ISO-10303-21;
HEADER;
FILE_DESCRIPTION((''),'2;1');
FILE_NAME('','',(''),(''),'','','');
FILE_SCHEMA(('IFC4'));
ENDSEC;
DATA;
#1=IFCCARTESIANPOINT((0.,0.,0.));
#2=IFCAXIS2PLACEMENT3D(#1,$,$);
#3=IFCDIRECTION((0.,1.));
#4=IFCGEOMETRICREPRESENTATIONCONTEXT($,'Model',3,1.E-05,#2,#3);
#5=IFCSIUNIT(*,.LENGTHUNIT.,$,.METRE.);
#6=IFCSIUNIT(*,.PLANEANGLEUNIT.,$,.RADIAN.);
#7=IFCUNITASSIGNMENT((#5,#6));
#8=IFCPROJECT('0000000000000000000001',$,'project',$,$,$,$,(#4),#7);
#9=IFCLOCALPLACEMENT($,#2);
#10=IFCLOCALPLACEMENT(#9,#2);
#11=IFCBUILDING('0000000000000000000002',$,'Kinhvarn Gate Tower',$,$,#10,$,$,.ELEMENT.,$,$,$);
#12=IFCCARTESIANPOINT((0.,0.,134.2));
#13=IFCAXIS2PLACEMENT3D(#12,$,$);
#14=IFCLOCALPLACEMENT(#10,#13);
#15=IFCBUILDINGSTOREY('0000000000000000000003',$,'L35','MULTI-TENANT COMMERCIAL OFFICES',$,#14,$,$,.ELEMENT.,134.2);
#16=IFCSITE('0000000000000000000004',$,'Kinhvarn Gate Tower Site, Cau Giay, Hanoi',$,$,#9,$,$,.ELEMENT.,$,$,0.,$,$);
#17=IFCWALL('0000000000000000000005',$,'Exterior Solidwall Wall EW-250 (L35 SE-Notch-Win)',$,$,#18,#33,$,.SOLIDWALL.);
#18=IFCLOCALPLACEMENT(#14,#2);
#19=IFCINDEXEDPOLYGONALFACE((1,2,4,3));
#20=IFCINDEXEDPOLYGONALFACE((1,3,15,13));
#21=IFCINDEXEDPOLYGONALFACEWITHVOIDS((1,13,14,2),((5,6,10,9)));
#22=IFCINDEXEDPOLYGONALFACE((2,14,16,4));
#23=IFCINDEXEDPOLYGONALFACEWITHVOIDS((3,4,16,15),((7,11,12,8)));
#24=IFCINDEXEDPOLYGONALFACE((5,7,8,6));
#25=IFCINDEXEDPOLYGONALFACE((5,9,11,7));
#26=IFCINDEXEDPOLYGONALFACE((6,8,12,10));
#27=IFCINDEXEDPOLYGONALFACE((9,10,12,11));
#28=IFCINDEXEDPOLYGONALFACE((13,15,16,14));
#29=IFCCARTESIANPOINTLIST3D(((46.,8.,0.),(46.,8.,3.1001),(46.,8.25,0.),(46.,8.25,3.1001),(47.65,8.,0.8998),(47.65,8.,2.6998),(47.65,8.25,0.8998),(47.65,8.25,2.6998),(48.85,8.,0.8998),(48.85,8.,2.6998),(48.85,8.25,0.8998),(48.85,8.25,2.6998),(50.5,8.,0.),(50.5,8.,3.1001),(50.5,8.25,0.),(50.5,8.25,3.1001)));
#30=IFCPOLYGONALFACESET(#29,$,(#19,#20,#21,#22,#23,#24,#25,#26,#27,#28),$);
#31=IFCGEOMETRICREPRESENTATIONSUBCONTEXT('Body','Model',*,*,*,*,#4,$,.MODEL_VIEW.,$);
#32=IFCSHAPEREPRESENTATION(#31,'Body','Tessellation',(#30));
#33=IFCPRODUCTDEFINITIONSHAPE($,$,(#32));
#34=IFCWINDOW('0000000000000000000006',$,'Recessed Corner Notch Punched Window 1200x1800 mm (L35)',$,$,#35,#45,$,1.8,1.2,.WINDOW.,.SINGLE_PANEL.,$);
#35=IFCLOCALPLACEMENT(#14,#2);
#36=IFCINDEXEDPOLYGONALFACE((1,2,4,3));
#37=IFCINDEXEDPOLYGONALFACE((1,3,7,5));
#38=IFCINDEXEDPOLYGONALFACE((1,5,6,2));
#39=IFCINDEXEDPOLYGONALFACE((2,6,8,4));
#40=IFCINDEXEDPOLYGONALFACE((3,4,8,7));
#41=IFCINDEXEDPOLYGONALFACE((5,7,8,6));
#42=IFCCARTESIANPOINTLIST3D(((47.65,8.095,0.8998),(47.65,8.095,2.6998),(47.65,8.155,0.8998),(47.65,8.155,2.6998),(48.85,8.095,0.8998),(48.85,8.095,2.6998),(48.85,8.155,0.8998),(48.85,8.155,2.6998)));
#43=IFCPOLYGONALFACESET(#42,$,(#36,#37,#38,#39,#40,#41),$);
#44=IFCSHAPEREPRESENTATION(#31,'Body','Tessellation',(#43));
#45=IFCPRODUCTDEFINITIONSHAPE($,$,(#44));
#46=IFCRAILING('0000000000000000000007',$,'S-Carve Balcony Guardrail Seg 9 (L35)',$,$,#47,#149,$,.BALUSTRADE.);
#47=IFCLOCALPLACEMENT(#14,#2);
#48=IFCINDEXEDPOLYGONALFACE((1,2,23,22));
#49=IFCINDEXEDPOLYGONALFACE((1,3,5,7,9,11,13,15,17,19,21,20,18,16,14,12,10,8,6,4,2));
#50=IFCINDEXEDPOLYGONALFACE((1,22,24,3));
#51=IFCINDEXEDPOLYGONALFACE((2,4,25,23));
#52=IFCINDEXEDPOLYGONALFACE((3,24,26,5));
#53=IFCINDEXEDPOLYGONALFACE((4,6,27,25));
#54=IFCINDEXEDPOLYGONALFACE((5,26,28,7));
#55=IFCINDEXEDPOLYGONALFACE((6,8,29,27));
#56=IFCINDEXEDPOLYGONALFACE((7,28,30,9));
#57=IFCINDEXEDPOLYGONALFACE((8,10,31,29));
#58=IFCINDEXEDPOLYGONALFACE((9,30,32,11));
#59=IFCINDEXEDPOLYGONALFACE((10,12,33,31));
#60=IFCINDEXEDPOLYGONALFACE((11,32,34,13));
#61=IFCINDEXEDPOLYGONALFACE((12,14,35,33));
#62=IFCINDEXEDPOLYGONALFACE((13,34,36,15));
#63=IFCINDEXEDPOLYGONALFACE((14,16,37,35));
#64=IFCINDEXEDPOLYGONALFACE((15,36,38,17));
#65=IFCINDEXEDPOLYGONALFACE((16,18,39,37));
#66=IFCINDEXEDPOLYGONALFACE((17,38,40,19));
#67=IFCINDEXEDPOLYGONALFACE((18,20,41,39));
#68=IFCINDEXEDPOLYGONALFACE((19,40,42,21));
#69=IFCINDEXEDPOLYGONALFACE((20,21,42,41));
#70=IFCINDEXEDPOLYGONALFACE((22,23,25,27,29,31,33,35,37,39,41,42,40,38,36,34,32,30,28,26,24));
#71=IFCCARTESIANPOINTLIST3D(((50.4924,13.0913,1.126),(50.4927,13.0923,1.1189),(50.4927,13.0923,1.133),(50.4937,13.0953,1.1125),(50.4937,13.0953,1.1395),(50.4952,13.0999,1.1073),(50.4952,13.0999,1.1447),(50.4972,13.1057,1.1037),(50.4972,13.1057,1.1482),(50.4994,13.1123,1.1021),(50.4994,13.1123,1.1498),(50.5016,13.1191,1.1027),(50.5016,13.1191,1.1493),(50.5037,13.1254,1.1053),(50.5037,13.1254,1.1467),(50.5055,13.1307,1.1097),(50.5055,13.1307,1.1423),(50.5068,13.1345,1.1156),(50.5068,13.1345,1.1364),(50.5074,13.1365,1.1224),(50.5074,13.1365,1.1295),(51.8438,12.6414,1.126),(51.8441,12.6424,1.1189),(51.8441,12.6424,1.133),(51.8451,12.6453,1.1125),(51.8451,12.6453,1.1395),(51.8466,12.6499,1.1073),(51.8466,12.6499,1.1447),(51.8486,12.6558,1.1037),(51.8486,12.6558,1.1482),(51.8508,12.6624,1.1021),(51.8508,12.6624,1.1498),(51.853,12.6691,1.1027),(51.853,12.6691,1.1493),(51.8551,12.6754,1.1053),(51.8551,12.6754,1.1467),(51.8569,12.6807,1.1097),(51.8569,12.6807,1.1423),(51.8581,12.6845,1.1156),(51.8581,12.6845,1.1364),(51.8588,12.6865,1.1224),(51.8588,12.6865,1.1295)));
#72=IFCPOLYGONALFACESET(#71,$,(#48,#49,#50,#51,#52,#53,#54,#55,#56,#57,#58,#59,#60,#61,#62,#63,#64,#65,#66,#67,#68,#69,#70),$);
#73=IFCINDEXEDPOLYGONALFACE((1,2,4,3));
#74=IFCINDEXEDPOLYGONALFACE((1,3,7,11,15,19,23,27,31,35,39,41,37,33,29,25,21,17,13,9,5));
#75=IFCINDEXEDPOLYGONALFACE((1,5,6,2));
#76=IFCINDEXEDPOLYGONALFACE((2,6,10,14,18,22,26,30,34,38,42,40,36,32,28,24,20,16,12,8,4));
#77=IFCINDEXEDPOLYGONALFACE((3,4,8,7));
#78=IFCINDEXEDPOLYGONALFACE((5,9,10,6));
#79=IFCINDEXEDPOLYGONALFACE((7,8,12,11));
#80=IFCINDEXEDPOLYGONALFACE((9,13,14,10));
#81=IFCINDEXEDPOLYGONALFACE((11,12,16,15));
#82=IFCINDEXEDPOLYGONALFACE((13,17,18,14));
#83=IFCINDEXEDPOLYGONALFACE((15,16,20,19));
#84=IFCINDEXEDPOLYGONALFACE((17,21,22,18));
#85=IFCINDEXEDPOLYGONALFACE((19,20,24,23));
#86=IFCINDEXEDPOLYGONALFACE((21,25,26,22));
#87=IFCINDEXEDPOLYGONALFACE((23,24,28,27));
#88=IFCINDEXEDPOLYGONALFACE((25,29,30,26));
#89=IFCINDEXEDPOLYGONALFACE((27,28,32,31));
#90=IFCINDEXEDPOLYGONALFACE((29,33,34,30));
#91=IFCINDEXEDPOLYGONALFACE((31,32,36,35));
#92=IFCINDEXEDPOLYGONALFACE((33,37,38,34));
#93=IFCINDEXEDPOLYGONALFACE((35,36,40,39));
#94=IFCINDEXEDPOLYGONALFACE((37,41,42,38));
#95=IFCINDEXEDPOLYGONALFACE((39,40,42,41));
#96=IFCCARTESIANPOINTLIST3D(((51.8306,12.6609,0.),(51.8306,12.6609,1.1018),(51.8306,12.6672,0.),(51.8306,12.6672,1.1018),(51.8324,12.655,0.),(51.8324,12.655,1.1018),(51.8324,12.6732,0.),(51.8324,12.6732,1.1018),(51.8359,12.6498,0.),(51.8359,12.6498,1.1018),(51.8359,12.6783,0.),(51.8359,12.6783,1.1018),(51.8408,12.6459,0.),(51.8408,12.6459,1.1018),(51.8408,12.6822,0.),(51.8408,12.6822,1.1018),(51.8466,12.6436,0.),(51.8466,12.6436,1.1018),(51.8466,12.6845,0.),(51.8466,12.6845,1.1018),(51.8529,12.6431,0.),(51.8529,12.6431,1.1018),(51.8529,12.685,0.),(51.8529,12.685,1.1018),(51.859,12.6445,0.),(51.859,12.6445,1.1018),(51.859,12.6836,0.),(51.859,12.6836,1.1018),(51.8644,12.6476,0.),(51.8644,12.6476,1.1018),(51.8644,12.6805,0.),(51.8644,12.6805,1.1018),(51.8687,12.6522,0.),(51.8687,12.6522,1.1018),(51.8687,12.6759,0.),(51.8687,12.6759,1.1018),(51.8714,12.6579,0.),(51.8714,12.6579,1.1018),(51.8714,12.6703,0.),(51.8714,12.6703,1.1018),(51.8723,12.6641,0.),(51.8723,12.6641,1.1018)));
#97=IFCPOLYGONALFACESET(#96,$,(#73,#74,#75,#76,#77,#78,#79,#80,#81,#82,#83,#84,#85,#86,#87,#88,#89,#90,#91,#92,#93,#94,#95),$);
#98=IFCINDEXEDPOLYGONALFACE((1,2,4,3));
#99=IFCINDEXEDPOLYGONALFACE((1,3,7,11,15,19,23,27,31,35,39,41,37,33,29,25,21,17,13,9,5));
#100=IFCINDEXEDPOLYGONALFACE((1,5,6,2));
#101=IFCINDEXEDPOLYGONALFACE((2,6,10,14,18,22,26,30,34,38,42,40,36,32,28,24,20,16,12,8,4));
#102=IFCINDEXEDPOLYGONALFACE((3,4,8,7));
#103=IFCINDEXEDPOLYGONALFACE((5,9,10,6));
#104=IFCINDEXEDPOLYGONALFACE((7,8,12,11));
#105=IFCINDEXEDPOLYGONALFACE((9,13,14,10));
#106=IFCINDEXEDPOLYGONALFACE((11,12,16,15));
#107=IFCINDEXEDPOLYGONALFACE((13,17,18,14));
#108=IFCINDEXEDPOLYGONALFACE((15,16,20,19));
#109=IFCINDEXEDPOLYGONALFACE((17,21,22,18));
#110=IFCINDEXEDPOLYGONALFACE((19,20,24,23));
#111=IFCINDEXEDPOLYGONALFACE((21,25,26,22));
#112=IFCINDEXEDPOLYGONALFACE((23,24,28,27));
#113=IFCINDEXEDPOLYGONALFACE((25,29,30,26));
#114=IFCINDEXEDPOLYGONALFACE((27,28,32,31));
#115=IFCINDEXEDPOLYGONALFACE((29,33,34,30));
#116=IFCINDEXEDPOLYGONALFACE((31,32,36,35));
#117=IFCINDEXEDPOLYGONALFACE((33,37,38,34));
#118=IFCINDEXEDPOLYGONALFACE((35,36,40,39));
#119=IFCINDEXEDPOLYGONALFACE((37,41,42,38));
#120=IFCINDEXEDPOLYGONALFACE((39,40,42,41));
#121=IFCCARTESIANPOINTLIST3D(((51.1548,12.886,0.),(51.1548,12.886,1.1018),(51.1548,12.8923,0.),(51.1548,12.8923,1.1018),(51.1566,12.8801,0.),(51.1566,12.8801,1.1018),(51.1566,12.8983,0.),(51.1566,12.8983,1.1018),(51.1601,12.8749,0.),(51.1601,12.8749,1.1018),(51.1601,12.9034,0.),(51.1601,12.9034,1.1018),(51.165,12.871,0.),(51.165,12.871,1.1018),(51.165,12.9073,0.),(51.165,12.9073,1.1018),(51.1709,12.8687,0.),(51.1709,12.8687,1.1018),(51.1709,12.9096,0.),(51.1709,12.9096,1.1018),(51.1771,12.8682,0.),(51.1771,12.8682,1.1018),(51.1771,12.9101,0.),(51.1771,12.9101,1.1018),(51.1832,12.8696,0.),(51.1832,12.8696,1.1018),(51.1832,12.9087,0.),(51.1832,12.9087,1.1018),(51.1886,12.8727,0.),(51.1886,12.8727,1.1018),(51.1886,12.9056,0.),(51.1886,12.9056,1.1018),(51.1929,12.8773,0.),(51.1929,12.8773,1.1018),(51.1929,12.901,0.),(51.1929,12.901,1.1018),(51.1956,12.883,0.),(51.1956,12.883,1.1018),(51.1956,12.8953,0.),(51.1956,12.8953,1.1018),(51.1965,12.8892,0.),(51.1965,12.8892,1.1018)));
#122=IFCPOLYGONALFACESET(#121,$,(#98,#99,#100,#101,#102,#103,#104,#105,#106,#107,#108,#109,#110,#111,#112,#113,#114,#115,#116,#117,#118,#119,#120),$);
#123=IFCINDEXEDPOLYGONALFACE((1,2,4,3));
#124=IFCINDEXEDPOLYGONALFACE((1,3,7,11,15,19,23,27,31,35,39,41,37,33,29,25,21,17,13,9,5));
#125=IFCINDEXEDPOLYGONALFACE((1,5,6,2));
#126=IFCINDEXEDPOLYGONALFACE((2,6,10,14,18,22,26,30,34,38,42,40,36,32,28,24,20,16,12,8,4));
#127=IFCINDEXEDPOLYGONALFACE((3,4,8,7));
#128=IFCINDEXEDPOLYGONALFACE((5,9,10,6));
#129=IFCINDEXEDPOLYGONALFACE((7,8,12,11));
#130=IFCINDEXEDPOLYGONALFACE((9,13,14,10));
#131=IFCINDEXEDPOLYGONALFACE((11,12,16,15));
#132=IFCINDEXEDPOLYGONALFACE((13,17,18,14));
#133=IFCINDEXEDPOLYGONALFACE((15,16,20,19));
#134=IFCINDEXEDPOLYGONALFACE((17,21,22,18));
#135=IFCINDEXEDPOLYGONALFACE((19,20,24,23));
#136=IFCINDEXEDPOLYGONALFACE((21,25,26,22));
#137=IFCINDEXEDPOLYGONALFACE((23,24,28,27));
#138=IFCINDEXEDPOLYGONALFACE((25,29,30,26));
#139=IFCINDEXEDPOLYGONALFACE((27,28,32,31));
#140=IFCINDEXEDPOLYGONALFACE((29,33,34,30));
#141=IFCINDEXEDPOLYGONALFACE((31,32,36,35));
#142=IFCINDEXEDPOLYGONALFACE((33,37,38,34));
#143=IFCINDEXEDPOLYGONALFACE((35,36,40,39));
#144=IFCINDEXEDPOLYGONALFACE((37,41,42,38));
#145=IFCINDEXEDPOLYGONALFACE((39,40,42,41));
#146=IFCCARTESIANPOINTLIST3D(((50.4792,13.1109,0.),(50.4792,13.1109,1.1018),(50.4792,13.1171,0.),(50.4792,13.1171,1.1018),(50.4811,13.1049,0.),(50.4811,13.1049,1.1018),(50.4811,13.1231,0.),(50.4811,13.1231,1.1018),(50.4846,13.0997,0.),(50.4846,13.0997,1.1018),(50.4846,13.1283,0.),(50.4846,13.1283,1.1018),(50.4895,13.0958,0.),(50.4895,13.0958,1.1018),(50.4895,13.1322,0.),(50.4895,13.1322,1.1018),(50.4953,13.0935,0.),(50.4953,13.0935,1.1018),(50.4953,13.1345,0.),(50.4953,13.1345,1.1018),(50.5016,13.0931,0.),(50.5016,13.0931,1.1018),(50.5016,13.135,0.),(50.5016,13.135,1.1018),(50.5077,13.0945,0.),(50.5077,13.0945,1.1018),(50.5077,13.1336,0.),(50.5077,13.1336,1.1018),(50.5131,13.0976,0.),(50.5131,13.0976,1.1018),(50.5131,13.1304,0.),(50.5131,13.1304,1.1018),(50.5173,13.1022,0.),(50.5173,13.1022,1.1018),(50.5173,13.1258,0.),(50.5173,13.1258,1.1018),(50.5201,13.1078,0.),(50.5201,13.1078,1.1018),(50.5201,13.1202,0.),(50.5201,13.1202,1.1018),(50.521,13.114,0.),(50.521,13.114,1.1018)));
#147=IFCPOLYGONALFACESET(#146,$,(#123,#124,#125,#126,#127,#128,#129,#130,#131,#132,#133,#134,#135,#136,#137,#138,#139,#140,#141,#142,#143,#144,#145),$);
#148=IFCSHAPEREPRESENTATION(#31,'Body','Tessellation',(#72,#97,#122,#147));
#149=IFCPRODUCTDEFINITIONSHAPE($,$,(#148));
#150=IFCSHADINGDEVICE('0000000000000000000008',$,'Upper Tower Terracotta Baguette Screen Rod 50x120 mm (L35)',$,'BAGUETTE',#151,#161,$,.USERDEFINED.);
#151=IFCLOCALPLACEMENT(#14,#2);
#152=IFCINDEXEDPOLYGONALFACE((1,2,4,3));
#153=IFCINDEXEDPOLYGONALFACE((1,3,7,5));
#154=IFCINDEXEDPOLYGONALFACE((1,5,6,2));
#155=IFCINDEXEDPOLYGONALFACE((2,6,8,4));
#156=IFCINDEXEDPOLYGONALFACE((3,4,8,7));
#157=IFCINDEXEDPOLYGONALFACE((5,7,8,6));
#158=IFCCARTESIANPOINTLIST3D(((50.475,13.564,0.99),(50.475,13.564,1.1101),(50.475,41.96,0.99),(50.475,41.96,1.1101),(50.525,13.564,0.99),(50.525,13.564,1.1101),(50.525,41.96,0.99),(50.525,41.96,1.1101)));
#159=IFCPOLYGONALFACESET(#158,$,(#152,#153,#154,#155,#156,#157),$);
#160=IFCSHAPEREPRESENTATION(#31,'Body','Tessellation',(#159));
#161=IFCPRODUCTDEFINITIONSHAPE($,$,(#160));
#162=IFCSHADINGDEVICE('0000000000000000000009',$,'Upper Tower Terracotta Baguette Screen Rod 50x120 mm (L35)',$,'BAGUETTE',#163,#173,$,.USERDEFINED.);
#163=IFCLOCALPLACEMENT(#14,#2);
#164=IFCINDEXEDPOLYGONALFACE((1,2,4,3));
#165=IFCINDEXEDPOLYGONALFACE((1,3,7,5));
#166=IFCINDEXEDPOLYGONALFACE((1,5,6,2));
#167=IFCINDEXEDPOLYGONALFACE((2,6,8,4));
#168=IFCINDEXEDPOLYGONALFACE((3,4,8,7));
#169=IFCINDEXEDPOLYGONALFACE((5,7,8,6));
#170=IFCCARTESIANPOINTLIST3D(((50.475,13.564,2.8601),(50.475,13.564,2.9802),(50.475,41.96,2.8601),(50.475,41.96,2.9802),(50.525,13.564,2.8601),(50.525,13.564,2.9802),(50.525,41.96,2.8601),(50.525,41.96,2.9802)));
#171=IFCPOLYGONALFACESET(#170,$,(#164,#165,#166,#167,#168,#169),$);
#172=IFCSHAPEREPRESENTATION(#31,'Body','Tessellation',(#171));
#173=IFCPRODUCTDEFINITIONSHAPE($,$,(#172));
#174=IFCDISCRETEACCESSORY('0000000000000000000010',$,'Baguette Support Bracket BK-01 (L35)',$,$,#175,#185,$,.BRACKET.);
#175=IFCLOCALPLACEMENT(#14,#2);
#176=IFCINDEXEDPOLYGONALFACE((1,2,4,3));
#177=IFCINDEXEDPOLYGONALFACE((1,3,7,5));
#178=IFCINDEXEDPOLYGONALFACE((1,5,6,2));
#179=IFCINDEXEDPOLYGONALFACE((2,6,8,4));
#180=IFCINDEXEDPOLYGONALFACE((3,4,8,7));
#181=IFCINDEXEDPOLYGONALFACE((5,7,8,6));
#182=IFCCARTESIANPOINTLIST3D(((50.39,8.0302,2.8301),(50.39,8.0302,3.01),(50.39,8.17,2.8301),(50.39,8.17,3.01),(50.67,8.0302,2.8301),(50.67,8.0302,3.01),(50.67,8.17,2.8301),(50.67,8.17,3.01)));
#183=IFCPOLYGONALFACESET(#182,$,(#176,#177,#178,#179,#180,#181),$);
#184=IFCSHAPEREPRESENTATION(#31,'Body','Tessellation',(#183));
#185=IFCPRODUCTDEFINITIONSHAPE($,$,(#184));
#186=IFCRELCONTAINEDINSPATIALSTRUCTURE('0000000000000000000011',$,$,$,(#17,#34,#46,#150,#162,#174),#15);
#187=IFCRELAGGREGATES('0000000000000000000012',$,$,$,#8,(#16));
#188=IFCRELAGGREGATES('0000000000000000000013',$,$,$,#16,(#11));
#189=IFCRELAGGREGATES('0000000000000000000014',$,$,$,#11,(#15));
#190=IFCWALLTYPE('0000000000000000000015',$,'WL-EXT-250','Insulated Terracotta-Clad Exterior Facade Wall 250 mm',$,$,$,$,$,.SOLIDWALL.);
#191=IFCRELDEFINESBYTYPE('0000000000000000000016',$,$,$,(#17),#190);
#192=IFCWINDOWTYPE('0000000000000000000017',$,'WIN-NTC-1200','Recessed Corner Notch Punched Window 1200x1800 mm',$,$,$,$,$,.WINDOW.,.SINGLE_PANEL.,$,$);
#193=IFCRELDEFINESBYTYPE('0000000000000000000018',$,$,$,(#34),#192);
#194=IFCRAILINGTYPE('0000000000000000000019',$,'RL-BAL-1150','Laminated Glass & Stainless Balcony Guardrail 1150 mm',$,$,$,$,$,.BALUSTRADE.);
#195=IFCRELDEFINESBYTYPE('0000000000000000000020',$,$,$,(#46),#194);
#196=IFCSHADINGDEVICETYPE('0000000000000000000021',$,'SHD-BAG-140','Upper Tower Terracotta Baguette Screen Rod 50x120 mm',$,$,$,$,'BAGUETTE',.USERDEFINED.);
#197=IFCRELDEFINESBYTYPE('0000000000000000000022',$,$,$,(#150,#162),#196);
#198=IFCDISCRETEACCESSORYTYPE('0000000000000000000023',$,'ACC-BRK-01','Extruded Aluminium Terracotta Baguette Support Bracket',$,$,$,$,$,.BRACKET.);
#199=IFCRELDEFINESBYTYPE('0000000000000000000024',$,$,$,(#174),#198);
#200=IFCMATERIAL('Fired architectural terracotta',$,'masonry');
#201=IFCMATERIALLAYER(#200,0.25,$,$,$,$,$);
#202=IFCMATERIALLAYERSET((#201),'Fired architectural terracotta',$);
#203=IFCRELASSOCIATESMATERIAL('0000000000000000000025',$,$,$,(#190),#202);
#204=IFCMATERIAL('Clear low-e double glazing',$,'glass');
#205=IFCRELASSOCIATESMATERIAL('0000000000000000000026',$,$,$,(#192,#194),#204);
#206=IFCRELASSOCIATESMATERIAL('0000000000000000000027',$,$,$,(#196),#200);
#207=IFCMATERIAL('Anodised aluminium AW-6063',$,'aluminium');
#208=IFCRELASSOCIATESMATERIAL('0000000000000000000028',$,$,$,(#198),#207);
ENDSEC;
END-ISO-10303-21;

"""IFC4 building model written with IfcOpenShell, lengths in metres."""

from ifc_helpers import new_model, si_unit, direction, frame, frame_2d, origin, origin_2d, place, context, subcontext, project, spatial, rectangle, circle, extrude, material, layer, layer_set, material_profile, profile_set, type_object, element, fill, save


model = new_model("IFC4")

# Units and contexts
model_context = context("Model", 3, precision=1e-05, world=origin(), true_north=direction((0.0, 1.0)))
body_context = subcontext(model_context, "Body", "Model", "MODEL_VIEW")
ifc_project = project(units=[si_unit("LENGTHUNIT", "METRE"), si_unit("PLANEANGLEUNIT", "RADIAN")], contexts=[model_context])

# Site, building, storey
site_placement = place(None, origin())
site = spatial("IfcSite", under=ifc_project, at=site_placement, Name="Kinhvarn Gate Tower Site, Cau Giay, Hanoi", CompositionType="ELEMENT", RefElevation=0.0)
building_placement = place(site_placement, origin())
building = spatial("IfcBuilding", under=site, at=building_placement, Name="Kinhvarn Gate Tower", CompositionType="ELEMENT")
storey_placement = place(building_placement, frame((0.0, 0.0, 134.2)))
storey = spatial("IfcBuildingStorey", under=building, at=storey_placement, Name="L35", Description="MULTI-TENANT COMMERCIAL OFFICES", CompositionType="ELEMENT", Elevation=134.2)

# Shared definitions
ifc_material_1 = material(Name="Anodised aluminium AW-6063", Category="aluminium")

# Shared definitions
ifc_material_2 = material(Name="Clear low-e double glazing", Category="glass")

# Wall, opening, window
ifc_material_3 = material(Name="Fired architectural terracotta", Category="masonry")
ifc_layer_1 = layer(ifc_material_3, 0.25)
ifc_layer_set_1 = layer_set([ifc_layer_1], Name="Fired architectural terracotta")
wall_type = type_object("IfcWallType", Name="WL-EXT-250", Description="Insulated Terracotta-Clad Exterior Facade Wall 250 mm", PredefinedType="SOLIDWALL", material=ifc_layer_set_1)
wall_placement = place(storey_placement, frame((46.0, 8.125, 0.0), z_axis=(0.0, 0.0, 1.0), x_axis=(1.0, 0.0, 0.0)))
wall = element("IfcWall", 1, at=wall_placement, inside=storey, type_object=wall_type, Name="Exterior Solidwall Wall EW-250 (L35 SE-Notch-Win)", PredefinedType="SOLIDWALL", context=body_context, shape_type="SweptSolid", body=[
    extrude(rectangle(XDim=4.5, YDim=0.25, at=frame_2d((2.25, 0.0))), origin(), (0.0, 0.0, 1.0), 3.1001),
])
opening_placement = place(wall_placement, frame((1.6499, 0.0, 0.8999)))
opening = element("IfcOpeningElement", 2, at=opening_placement, cuts=wall, PredefinedType="OPENING", context=body_context, shape_type="SweptSolid", body=[
    extrude(rectangle(XDim=1.2, YDim=1.8, at=frame_2d((0.6001, 0.8999))), frame((0.0, 0.135, 0.0), z_axis=(0.0, -1.0, 0.0), x_axis=(1.0, 0.0, 0.0)), (0.0, 0.0, 1.0), 0.27),
])
window_type = type_object("IfcWindowType", Name="WIN-NTC-1200", Description="Recessed Corner Notch Punched Window 1200x1800 mm", PartitioningType="SINGLE_PANEL", PredefinedType="WINDOW", material=ifc_material_2)
window_placement = place(opening_placement, origin())
window = element("IfcWindow", 3, at=window_placement, inside=storey, type_object=window_type, Name="Recessed Corner Notch Punched Window 1200x1800 mm (L35)", OverallHeight=1.8, OverallWidth=1.2, PartitioningType="SINGLE_PANEL", PredefinedType="WINDOW", context=body_context, shape_type="SweptSolid", body=[
    extrude(rectangle(XDim=1.2, YDim=1.8, at=frame_2d((0.6001, 0.8999))), frame((0.0, 0.03, 0.0), z_axis=(0.0, -1.0, 0.0), x_axis=(1.0, 0.0, 0.0)), (0.0, 0.0, 1.0), 0.0601),
])
fill(opening, window)

# Railing
railing_type = type_object("IfcRailingType", Name="RL-BAL-1150", Description="Laminated Glass & Stainless Balcony Guardrail 1150 mm", PredefinedType="BALUSTRADE", material=ifc_material_2)
railing_placement = place(storey_placement, frame((51.8513, 12.6641, 0.0)))
element("IfcRailing", 4, at=railing_placement, inside=storey, type_object=railing_type, Name="S-Carve Balcony Guardrail Seg 9 (L35)", PredefinedType="BALUSTRADE", context=body_context, shape_type="SweptSolid", body=[
    extrude(circle(Radius=0.0239, at=origin_2d()), frame((0.0, 0.0, 1.126), z_axis=(-0.948786, 0.315919, 0.0), x_axis=(-0.315919, -0.948786, 0.0)), (0.0, 0.0, 1.0), 1.4243),
    extrude(circle(Radius=0.021, at=origin_2d()), origin(), (0.0, 0.0, 1.0), 1.1018),
    extrude(circle(Radius=0.021, at=origin_2d()), frame((-0.6758, 0.2251, 0.0)), (0.0, 0.0, 1.0), 1.1018),
    extrude(circle(Radius=0.021, at=origin_2d()), frame((-1.3513, 0.45, 0.0)), (0.0, 0.0, 1.0), 1.1018),
])

# Shading devices
ifc_material_profile_1 = material_profile(ifc_material_3, rectangle(XDim=0.05, YDim=0.1201, at=origin_2d()), Name="TC 50x120")
ifc_profile_set_1 = profile_set([ifc_material_profile_1], Name="Fired architectural terracotta")
shading_device_type = type_object("IfcShadingDeviceType", Name="SHD-BAG-140", Description="Upper Tower Terracotta Baguette Screen Rod 50x120 mm", ElementType="BAGUETTE", PredefinedType="USERDEFINED", material=ifc_profile_set_1)
for number, where, z_axis, x_axis, name in (
    (5, (50.5, 13.564, 1.05), (0.0, 1.0, 0.0), (-1.0, 0.0, 0.0), "Upper Tower Terracotta Baguette Screen Rod 50x120 mm (L35)"),
    (6, (50.5, 13.564, 2.9202), (0.0, 1.0, 0.0), (-1.0, 0.0, 0.0), "Upper Tower Terracotta Baguette Screen Rod 50x120 mm (L35)"),
):
    element("IfcShadingDevice", number, at=place(storey_placement, frame(where, z_axis=z_axis, x_axis=x_axis)), inside=storey, type_object=shading_device_type, Name=name, ObjectType="BAGUETTE", PredefinedType="USERDEFINED", context=body_context, shape_type="SweptSolid", body=[
        extrude(rectangle(XDim=0.05, YDim=0.1201, at=origin_2d()), origin(), (0.0, 0.0, 1.0), 28.396),
    ])

# Discrete accessory
discrete_accessory_type = type_object("IfcDiscreteAccessoryType", Name="ACC-BRK-01", Description="Extruded Aluminium Terracotta Baguette Support Bracket", PredefinedType="BRACKET", material=ifc_material_1)
discrete_accessory_placement = place(storey_placement, frame((50.53, 8.1001, 2.8301), z_axis=(0.0, 0.0, 1.0), x_axis=(0.0, 1.0, 0.0)))
element("IfcDiscreteAccessory", 7, at=discrete_accessory_placement, inside=storey, type_object=discrete_accessory_type, Name="Baguette Support Bracket BK-01 (L35)", PredefinedType="BRACKET", context=body_context, shape_type="SweptSolid", body=[
    extrude(rectangle(XDim=0.1399, YDim=0.28, at=origin_2d()), origin(), (0.0, 0.0, 1.0), 0.1799),
])

save(model, "model.ifc")
